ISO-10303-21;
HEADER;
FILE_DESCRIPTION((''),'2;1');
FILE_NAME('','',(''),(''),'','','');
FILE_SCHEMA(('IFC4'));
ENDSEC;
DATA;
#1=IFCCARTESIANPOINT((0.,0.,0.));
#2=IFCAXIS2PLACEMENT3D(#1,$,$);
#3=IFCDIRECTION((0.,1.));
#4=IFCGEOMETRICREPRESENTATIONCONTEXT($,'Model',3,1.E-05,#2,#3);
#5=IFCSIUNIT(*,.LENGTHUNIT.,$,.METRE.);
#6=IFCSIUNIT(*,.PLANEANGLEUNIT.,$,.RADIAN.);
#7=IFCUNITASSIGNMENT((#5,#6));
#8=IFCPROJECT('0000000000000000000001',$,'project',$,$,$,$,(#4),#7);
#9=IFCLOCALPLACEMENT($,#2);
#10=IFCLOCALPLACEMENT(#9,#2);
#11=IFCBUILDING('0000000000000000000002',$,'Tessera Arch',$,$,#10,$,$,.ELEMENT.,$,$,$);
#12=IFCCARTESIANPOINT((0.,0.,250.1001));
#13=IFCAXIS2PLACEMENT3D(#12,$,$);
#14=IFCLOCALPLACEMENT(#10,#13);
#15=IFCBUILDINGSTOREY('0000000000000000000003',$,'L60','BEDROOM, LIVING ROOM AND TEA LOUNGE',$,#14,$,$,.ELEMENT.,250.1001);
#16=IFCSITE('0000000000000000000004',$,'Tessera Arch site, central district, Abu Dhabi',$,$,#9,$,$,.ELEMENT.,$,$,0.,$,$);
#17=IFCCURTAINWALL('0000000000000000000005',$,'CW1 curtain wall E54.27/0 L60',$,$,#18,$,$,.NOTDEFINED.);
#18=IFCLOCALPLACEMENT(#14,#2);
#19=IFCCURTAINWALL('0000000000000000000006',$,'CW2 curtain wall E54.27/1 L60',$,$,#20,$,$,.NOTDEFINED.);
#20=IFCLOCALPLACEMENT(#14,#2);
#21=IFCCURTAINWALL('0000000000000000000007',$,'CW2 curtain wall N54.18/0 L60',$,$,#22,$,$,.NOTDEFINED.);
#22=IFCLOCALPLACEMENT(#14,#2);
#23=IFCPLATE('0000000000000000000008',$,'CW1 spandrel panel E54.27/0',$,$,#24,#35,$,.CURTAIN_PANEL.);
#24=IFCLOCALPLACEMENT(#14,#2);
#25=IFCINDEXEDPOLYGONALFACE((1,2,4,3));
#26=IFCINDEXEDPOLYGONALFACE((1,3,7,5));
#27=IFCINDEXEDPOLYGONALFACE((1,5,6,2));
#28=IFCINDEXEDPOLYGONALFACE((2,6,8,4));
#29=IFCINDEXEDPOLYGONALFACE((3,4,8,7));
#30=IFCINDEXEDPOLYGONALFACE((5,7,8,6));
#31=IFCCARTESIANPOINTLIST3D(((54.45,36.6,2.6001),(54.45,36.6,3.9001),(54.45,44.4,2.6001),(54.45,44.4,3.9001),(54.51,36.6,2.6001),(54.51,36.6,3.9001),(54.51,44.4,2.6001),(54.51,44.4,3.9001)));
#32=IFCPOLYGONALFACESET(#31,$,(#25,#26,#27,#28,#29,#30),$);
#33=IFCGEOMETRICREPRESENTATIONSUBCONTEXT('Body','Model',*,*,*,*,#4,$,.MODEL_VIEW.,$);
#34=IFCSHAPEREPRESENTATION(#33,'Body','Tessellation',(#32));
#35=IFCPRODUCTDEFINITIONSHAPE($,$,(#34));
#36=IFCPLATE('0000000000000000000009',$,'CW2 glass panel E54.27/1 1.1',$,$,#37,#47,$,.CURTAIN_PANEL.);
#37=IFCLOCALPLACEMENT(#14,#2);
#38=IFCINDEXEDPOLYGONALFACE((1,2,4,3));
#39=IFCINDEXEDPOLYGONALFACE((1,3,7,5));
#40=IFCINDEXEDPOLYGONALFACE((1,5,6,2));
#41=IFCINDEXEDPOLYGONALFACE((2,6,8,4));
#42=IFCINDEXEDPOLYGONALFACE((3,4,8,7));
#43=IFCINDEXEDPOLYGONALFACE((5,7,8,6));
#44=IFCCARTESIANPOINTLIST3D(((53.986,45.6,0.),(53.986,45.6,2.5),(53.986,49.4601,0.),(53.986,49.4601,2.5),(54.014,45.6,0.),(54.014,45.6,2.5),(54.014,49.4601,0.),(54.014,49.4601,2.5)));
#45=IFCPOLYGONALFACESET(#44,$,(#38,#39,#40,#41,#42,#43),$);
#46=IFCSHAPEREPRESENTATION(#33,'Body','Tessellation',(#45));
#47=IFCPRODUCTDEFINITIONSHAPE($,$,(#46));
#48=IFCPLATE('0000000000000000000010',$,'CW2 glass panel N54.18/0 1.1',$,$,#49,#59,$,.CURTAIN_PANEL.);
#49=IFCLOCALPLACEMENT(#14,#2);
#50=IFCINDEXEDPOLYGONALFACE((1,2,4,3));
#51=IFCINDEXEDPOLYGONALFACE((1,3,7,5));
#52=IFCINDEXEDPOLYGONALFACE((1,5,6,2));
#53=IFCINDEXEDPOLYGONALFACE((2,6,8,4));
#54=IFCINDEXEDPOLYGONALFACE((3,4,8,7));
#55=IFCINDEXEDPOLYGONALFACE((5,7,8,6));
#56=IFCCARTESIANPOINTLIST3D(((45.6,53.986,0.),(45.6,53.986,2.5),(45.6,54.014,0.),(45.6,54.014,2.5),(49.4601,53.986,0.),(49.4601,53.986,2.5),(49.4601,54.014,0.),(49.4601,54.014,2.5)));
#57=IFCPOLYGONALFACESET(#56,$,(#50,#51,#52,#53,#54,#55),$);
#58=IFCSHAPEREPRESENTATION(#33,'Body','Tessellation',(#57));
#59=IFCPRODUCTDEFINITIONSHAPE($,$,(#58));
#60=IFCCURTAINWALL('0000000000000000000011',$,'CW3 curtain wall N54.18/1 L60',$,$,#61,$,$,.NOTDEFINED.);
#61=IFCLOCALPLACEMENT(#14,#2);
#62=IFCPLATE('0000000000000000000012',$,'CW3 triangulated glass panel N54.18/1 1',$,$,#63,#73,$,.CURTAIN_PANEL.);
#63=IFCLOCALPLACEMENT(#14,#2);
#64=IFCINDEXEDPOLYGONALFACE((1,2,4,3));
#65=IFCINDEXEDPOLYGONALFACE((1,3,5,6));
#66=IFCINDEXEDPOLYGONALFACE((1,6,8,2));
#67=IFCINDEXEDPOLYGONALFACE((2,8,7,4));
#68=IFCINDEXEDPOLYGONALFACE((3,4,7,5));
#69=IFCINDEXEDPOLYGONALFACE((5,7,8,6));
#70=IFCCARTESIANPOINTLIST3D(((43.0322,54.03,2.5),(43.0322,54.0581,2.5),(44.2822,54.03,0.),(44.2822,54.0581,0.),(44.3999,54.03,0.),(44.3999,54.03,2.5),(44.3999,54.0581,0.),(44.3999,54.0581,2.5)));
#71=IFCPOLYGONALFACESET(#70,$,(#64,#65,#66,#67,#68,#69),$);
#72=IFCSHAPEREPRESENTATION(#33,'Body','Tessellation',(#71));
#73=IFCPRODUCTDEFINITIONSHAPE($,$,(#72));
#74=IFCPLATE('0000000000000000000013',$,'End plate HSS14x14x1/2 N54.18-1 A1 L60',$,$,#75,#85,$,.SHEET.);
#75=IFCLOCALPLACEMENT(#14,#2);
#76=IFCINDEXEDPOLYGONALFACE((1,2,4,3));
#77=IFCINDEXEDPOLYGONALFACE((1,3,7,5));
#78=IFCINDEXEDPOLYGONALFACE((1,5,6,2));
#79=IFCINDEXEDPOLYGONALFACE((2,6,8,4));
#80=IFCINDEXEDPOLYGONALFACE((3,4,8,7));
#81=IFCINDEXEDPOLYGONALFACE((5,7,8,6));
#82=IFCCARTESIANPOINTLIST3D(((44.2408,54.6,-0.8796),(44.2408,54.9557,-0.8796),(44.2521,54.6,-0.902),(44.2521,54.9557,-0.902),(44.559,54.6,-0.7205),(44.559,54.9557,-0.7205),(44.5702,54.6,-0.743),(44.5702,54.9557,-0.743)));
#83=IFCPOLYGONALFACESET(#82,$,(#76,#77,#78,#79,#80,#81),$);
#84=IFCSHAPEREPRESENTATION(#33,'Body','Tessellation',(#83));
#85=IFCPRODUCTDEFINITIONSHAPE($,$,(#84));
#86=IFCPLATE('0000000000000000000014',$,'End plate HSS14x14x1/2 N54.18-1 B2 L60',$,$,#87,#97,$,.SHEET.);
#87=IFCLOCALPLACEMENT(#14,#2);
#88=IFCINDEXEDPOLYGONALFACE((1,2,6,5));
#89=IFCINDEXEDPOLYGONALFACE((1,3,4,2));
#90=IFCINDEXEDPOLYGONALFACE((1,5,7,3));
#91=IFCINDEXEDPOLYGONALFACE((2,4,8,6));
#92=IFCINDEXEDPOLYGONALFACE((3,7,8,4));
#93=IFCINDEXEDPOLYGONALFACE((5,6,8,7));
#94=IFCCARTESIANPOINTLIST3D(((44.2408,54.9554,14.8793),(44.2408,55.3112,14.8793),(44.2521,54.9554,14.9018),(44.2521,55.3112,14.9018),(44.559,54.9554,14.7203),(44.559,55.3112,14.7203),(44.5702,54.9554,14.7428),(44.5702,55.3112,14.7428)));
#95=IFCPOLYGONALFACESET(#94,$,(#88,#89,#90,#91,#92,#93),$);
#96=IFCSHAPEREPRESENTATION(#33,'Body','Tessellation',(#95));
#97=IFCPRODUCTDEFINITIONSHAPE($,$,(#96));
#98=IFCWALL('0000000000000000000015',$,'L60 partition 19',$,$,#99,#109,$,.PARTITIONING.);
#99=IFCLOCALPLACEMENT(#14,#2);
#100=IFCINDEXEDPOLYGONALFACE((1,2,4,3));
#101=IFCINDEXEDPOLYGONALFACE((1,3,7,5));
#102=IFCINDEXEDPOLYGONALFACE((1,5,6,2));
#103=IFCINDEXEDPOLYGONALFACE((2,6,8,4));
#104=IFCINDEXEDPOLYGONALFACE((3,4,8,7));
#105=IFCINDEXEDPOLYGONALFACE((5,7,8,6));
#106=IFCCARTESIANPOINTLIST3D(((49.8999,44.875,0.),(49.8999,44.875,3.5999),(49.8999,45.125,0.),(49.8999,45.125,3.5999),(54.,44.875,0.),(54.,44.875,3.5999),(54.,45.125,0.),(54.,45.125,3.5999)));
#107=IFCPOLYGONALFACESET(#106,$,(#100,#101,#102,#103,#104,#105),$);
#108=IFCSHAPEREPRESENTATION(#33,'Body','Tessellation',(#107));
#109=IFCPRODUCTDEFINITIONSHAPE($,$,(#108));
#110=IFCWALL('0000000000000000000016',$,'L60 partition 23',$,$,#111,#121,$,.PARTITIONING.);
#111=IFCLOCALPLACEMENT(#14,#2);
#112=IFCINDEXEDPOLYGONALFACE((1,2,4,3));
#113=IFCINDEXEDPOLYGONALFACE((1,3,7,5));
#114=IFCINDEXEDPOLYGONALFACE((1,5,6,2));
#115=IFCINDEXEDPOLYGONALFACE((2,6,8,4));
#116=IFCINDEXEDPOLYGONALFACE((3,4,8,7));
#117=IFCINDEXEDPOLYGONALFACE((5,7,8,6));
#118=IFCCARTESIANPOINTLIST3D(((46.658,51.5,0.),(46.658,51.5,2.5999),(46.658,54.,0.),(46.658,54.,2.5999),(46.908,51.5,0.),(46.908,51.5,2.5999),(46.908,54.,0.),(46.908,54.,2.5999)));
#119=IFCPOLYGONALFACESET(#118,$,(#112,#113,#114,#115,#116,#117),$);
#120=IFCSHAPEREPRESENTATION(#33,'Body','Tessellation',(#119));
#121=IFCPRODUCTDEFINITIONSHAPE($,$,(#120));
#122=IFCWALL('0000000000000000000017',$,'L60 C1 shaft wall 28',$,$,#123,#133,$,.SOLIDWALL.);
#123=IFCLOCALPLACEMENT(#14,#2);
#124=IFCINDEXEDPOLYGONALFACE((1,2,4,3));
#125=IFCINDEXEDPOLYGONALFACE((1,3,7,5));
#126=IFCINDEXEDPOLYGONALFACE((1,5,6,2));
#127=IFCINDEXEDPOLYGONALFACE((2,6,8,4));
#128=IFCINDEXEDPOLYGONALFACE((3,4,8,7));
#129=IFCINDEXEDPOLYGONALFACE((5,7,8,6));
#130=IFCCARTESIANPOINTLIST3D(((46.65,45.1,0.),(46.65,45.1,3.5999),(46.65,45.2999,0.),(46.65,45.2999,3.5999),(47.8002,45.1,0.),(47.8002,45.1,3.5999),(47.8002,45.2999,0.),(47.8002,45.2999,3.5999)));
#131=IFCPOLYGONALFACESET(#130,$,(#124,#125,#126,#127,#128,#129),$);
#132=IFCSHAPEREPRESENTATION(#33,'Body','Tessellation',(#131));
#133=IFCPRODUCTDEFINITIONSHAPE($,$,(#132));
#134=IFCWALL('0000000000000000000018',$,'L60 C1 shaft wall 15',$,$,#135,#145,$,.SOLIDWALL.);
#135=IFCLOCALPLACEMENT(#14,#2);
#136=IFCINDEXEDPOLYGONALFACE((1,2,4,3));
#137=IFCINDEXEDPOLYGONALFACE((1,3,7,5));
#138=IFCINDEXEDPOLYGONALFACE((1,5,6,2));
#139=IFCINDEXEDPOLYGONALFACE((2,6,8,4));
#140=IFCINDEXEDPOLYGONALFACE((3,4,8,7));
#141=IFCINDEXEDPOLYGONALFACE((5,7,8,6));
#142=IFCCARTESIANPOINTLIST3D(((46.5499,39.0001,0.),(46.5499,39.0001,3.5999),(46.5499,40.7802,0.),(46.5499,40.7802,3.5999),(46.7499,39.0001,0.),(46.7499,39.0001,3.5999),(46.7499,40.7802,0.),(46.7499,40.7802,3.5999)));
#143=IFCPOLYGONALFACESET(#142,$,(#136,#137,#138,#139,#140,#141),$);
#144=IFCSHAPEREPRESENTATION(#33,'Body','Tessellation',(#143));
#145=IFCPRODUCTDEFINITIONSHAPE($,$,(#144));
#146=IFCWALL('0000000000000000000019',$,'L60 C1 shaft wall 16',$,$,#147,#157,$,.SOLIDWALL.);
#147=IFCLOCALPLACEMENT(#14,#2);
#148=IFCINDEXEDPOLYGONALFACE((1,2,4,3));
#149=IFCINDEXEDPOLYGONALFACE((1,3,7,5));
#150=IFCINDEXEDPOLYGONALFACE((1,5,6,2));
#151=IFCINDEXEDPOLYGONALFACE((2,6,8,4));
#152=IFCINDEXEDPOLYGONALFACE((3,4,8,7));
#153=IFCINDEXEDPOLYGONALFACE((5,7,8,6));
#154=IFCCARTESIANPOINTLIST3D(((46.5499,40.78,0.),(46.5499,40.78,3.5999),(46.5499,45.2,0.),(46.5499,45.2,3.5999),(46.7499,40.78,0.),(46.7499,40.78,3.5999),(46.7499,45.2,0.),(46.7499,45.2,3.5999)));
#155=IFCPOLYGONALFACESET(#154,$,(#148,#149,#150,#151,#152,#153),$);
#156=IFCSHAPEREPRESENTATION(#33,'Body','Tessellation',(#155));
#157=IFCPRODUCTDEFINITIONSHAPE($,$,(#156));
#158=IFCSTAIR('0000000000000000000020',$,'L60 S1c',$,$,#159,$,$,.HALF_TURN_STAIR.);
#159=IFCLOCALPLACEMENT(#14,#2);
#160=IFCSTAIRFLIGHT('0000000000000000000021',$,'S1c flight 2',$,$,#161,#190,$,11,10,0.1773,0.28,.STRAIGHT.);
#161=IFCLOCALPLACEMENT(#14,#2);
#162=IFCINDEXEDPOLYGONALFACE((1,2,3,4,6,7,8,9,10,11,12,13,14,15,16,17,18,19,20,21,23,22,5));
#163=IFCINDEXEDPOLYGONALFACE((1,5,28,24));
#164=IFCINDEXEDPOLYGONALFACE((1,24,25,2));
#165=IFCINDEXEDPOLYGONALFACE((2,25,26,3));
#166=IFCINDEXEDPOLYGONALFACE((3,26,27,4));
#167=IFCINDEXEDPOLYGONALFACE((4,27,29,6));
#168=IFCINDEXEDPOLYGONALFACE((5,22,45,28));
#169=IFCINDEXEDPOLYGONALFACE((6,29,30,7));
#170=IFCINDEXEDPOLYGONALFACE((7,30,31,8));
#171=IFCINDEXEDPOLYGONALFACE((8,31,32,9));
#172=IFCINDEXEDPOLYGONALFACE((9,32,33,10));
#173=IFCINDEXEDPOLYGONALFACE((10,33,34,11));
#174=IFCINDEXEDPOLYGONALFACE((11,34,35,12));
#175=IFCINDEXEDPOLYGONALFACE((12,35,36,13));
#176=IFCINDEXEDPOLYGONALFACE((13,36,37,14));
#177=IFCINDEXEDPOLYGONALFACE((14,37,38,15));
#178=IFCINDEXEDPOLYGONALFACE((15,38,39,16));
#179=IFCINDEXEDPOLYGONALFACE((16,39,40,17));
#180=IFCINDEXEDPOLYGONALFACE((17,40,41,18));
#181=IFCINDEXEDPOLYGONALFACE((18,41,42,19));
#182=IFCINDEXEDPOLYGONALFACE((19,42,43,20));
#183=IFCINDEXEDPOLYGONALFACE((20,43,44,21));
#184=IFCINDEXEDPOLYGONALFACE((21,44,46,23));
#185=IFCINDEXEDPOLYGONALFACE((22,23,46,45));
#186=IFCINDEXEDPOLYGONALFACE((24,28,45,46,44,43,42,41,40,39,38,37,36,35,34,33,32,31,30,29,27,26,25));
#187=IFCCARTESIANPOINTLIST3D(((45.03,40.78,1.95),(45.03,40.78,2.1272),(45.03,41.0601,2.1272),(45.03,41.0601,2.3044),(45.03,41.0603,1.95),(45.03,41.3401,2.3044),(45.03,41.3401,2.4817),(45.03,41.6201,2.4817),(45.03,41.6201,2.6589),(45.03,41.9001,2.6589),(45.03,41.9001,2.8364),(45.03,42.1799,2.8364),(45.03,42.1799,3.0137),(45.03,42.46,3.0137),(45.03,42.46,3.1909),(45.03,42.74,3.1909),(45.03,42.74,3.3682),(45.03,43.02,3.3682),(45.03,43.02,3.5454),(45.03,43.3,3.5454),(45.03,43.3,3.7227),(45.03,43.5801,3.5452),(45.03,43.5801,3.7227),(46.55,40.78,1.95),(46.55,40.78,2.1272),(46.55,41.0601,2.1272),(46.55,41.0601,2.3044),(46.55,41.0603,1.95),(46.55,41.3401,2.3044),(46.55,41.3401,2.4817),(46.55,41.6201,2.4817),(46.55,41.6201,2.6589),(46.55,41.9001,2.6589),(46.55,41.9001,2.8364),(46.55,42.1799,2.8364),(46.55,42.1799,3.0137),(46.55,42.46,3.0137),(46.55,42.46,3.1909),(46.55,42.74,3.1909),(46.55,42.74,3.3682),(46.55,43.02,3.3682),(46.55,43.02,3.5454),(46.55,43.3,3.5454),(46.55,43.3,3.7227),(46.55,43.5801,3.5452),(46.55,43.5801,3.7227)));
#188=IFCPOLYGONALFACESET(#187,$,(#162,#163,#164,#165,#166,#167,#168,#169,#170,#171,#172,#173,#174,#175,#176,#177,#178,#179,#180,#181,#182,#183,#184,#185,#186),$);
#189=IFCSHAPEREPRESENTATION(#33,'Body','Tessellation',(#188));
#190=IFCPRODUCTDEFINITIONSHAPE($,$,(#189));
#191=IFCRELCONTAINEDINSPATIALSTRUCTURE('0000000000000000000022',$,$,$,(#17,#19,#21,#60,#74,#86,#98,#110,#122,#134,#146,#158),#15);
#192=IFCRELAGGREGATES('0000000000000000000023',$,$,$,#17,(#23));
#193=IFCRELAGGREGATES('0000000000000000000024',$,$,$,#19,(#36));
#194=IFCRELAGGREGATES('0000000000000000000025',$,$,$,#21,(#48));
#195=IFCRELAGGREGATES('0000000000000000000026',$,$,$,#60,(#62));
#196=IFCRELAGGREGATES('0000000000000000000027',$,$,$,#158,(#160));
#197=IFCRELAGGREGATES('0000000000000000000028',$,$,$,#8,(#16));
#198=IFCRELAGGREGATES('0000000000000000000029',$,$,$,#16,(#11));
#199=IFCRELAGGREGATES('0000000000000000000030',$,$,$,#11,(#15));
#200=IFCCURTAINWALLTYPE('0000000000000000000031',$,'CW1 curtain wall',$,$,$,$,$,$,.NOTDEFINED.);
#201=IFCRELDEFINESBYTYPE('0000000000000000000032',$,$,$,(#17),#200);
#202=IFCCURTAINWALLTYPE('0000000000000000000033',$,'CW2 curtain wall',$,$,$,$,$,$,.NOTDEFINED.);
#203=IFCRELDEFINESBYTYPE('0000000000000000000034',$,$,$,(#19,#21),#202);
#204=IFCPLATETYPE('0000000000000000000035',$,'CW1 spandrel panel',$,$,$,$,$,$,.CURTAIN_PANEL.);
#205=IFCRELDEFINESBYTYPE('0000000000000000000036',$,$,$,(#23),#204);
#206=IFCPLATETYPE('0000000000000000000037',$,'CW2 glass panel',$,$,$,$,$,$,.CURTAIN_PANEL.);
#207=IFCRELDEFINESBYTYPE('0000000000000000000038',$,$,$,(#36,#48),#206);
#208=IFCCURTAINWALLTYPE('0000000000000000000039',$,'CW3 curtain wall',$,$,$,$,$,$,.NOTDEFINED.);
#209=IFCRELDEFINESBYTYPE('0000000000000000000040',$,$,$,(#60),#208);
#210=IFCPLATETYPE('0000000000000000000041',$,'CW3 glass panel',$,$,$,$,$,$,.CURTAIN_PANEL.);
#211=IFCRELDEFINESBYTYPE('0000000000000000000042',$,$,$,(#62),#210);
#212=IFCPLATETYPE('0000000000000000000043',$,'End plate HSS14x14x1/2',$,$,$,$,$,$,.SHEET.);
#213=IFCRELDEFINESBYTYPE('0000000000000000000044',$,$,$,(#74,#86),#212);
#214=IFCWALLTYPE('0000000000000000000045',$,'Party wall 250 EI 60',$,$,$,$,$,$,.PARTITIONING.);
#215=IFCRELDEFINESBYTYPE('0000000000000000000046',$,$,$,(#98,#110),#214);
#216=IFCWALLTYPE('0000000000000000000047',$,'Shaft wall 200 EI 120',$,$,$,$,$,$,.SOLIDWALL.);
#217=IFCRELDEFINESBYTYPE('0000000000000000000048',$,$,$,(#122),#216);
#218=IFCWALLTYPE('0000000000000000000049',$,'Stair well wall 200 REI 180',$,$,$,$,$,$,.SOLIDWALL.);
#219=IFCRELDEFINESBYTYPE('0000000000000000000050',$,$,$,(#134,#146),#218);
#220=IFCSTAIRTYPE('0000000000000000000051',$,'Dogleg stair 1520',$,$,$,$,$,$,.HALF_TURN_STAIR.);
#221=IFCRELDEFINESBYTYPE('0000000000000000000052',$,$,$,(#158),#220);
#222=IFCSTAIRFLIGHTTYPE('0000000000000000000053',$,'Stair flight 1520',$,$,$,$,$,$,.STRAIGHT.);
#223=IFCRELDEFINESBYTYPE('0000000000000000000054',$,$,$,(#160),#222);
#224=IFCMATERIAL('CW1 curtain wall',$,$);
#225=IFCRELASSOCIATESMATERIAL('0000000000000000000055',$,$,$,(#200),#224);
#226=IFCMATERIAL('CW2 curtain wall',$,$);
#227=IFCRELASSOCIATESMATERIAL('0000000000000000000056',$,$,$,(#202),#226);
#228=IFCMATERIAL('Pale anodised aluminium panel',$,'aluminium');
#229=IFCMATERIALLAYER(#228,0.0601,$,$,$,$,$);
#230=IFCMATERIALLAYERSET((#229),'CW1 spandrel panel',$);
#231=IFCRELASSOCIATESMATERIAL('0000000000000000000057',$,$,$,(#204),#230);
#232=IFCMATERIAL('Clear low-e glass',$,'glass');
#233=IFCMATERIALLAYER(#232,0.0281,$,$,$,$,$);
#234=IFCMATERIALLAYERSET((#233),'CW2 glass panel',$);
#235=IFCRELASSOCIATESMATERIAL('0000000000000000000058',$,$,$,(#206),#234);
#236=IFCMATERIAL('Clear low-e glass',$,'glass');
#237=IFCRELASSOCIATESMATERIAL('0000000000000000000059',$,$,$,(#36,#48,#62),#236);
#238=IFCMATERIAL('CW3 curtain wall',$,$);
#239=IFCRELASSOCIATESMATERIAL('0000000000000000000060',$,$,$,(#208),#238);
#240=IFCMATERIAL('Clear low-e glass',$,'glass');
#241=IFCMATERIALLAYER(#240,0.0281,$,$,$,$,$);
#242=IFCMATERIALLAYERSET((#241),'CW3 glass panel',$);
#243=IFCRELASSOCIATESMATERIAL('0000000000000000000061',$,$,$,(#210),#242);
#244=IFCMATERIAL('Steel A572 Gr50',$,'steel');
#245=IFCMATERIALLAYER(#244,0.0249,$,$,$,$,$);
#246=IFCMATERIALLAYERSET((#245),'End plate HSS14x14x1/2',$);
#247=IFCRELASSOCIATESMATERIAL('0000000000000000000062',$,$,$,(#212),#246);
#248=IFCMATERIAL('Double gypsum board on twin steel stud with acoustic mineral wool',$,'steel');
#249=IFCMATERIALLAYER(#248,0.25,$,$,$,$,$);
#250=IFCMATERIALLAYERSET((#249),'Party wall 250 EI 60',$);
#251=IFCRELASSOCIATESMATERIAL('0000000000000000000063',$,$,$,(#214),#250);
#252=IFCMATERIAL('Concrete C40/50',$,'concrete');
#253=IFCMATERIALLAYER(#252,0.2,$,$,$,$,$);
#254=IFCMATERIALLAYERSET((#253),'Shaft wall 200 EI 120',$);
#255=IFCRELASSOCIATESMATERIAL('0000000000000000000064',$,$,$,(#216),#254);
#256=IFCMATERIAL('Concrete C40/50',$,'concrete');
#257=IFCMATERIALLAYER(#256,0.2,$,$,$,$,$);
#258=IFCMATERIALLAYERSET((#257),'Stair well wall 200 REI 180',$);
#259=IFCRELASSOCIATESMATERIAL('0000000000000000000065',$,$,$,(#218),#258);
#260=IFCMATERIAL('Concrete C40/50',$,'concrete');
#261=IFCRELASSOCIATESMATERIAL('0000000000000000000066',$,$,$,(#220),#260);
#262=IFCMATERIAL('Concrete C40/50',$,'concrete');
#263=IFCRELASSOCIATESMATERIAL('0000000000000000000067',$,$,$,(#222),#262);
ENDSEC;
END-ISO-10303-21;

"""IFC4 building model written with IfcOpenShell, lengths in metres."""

from ifc_helpers import new_model, si_unit, direction, frame, frame_2d, origin, origin_2d, place, context, subcontext, project, spatial, polyline, rectangle, outline, extrude, material, layer, layer_set, type_object, element, aggregate, save


model = new_model("IFC4")

# Units and contexts
model_context = context("Model", 3, precision=1e-05, world=origin(), true_north=direction((0.0, 1.0)))
body_context = subcontext(model_context, "Body", "Model", "MODEL_VIEW")
ifc_project = project(units=[si_unit("LENGTHUNIT", "METRE"), si_unit("PLANEANGLEUNIT", "RADIAN")], contexts=[model_context])

# Site, building, storey
site_placement = place(None, origin())
site = spatial("IfcSite", under=ifc_project, at=site_placement, Name="Tessera Arch site, central district, Abu Dhabi", CompositionType="ELEMENT", RefElevation=0.0)
building_placement = place(site_placement, origin())
building = spatial("IfcBuilding", under=site, at=building_placement, Name="Tessera Arch", CompositionType="ELEMENT")
storey_placement = place(building_placement, frame((0.0, 0.0, 250.1001)))
storey = spatial("IfcBuildingStorey", under=building, at=storey_placement, Name="L60", Description="BEDROOM, LIVING ROOM AND TEA LOUNGE", CompositionType="ELEMENT", Elevation=250.1001)

# Curtain walls
ifc_material_1 = material(Name="CW1 curtain wall")
curtain_wall_type_1 = type_object("IfcCurtainWallType", Name="CW1 curtain wall", PredefinedType="NOTDEFINED", material=ifc_material_1)
curtain_wall_1_placement = place(storey_placement, origin())
curtain_wall_1 = element("IfcCurtainWall", 1, at=curtain_wall_1_placement, inside=storey, type_object=curtain_wall_type_1, Name="CW1 curtain wall E54.27/0 L60", PredefinedType="NOTDEFINED")
ifc_material_2 = material(Name="CW2 curtain wall")
curtain_wall_type_2 = type_object("IfcCurtainWallType", Name="CW2 curtain wall", PredefinedType="NOTDEFINED", material=ifc_material_2)
curtain_wall_2_placement = place(storey_placement, origin())
curtain_wall_2 = element("IfcCurtainWall", 2, at=curtain_wall_2_placement, inside=storey, type_object=curtain_wall_type_2, Name="CW2 curtain wall E54.27/1 L60", PredefinedType="NOTDEFINED")
curtain_wall_3_placement = place(storey_placement, origin())
curtain_wall_3 = element("IfcCurtainWall", 3, at=curtain_wall_3_placement, inside=storey, type_object=curtain_wall_type_2, Name="CW2 curtain wall N54.18/0 L60", PredefinedType="NOTDEFINED")

# Plates
ifc_material_3 = material(Name="Clear low-e glass", Category="glass")
ifc_material_4 = material(Name="Pale anodised aluminium panel", Category="aluminium")
ifc_layer_1 = layer(ifc_material_4, 0.0601)
ifc_layer_set_1 = layer_set([ifc_layer_1], Name="CW1 spandrel panel")
plate_type_1 = type_object("IfcPlateType", Name="CW1 spandrel panel", PredefinedType="CURTAIN_PANEL", material=ifc_layer_set_1)
plate_1_placement = place(storey_placement, frame((54.48, 40.5, 2.6001), z_axis=(0.0, 0.0, 1.0), x_axis=(0.0, 1.0, 0.0)))
plate_1 = element("IfcPlate", 4, at=plate_1_placement, type_object=plate_type_1, Name="CW1 spandrel panel E54.27/0", PredefinedType="CURTAIN_PANEL", context=body_context, shape_type="SweptSolid", body=[
    extrude(rectangle(XDim=7.8, YDim=0.0601, at=origin_2d()), origin(), (0.0, 0.0, 1.0), 1.3),
])
aggregate(curtain_wall_1, [plate_1])
ifc_material_5 = material(Name="Clear low-e glass", Category="glass")
ifc_layer_2 = layer(ifc_material_5, 0.0281)
ifc_layer_set_2 = layer_set([ifc_layer_2], Name="CW2 glass panel")
plate_type_2 = type_object("IfcPlateType", Name="CW2 glass panel", PredefinedType="CURTAIN_PANEL", material=ifc_layer_set_2)
plate_2_placement = place(storey_placement, frame((54.0, 47.53, 0.0), z_axis=(0.0, 0.0, 1.0), x_axis=(0.0, 1.0, 0.0)))
plate_2 = element("IfcPlate", 5, at=plate_2_placement, type_object=plate_type_2, material=ifc_material_3, Name="CW2 glass panel E54.27/1 1.1", PredefinedType="CURTAIN_PANEL", context=body_context, shape_type="SweptSolid", body=[
    extrude(rectangle(XDim=3.8601, YDim=0.0281, at=origin_2d()), origin(), (0.0, 0.0, 1.0), 2.5),
])
aggregate(curtain_wall_2, [plate_2])
plate_3_placement = place(storey_placement, frame((47.53, 54.0, 0.0), z_axis=(0.0, 0.0, 1.0), x_axis=(-1.0, 0.0, 0.0)))
plate_3 = element("IfcPlate", 6, at=plate_3_placement, type_object=plate_type_2, material=ifc_material_3, Name="CW2 glass panel N54.18/0 1.1", PredefinedType="CURTAIN_PANEL", context=body_context, shape_type="SweptSolid", body=[
    extrude(rectangle(XDim=3.8601, YDim=0.0281, at=origin_2d()), origin(), (0.0, 0.0, 1.0), 2.5),
])
aggregate(curtain_wall_3, [plate_3])

# Curtain wall, plate
ifc_material_6 = material(Name="CW3 curtain wall")
curtain_wall_type_3 = type_object("IfcCurtainWallType", Name="CW3 curtain wall", PredefinedType="NOTDEFINED", material=ifc_material_6)
curtain_wall_4_placement = place(storey_placement, origin())
curtain_wall_4 = element("IfcCurtainWall", 7, at=curtain_wall_4_placement, inside=storey, type_object=curtain_wall_type_3, Name="CW3 curtain wall N54.18/1 L60", PredefinedType="NOTDEFINED")
ifc_material_7 = material(Name="Clear low-e glass", Category="glass")
ifc_layer_3 = layer(ifc_material_7, 0.0281)
ifc_layer_set_3 = layer_set([ifc_layer_3], Name="CW3 glass panel")
plate_type_3 = type_object("IfcPlateType", Name="CW3 glass panel", PredefinedType="CURTAIN_PANEL", material=ifc_layer_set_3)
plate_4_placement = place(storey_placement, frame((44.3999, 54.0581, 0.0), z_axis=(0.0, 1.0, 0.0), x_axis=(-1.0, 0.0, 0.0)))
plate_4 = element("IfcPlate", 8, at=plate_4_placement, type_object=plate_type_3, material=ifc_material_3, Name="CW3 triangulated glass panel N54.18/1 1", PredefinedType="CURTAIN_PANEL", context=body_context, shape_type="SweptSolid", body=[
    extrude(outline(polyline([(0.0, 0.0), (0.1177, 0.0), (1.3677, 2.5), (0.0, 2.5), (0.0, 0.0)])), origin(), (0.0, 0.0, -1.0), 0.0281),
])
aggregate(curtain_wall_4, [plate_4])

# Plates
ifc_material_8 = material(Name="Steel A572 Gr50", Category="steel")
ifc_layer_4 = layer(ifc_material_8, 0.0249)
ifc_layer_set_4 = layer_set([ifc_layer_4], Name="End plate HSS14x14x1/2")
plate_type_4 = type_object("IfcPlateType", Name="End plate HSS14x14x1/2", PredefinedType="SHEET", material=ifc_layer_set_4)
for number, where, z_axis, x_axis, name in (
    (9, (44.4111, 54.7778, -0.8225), (-0.447214, 0.0, 0.894427), (0.0, -1.0, 0.0), "End plate HSS14x14x1/2 N54.18-1 A1 L60"),
    (10, (44.3999, 55.1333, 14.7998), (0.447214, 0.0, 0.894427), (0.0, 1.0, 0.0), "End plate HSS14x14x1/2 N54.18-1 B2 L60"),
):
    element("IfcPlate", number, at=place(storey_placement, frame(where, z_axis=z_axis, x_axis=x_axis)), inside=storey, type_object=plate_type_4, Name=name, PredefinedType="SHEET", context=body_context, shape_type="SweptSolid", body=[
        extrude(rectangle(XDim=0.3557, YDim=0.3557, at=origin_2d()), origin(), (0.0, 0.0, 1.0), 0.0251),
    ])

# Walls
ifc_material_9 = material(Name="Double gypsum board on twin steel stud with acoustic mineral wool", Category="steel")
ifc_layer_5 = layer(ifc_material_9, 0.25)
ifc_layer_set_5 = layer_set([ifc_layer_5], Name="Party wall 250 EI 60")
wall_type_1 = type_object("IfcWallType", Name="Party wall 250 EI 60", PredefinedType="PARTITIONING", material=ifc_layer_set_5)
wall_1_placement = place(storey_placement, frame((49.8999, 45.0, 0.0), z_axis=(0.0, 0.0, 1.0), x_axis=(1.0, 0.0, 0.0)))
element("IfcWall", 11, at=wall_1_placement, inside=storey, type_object=wall_type_1, Name="L60 partition 19", PredefinedType="PARTITIONING", context=body_context, shape_type="SweptSolid", body=[
    extrude(rectangle(XDim=4.1001, YDim=0.25, at=frame_2d((2.05, 0.0))), origin(), (0.0, 0.0, 1.0), 3.5999),
])
wall_2_placement = place(storey_placement, frame((46.783, 51.5, 0.0), z_axis=(0.0, 0.0, 1.0), x_axis=(0.0, 1.0, 0.0)))
element("IfcWall", 12, at=wall_2_placement, inside=storey, type_object=wall_type_1, Name="L60 partition 23", PredefinedType="PARTITIONING", context=body_context, shape_type="SweptSolid", body=[
    extrude(rectangle(XDim=2.5, YDim=0.25, at=frame_2d((1.25, 0.0))), origin(), (0.0, 0.0, 1.0), 2.5999),
])
ifc_material_10 = material(Name="Concrete C40/50", Category="concrete")
ifc_layer_6 = layer(ifc_material_10, 0.2)
ifc_layer_set_6 = layer_set([ifc_layer_6], Name="Shaft wall 200 EI 120")
wall_type_2 = type_object("IfcWallType", Name="Shaft wall 200 EI 120", PredefinedType="SOLIDWALL", material=ifc_layer_set_6)
wall_3_placement = place(storey_placement, frame((46.6499, 45.2, 0.0), z_axis=(0.0, 0.0, 1.0), x_axis=(1.0, 0.0, 0.0)))
element("IfcWall", 13, at=wall_3_placement, inside=storey, type_object=wall_type_2, Name="L60 C1 shaft wall 28", PredefinedType="SOLIDWALL", context=body_context, shape_type="SweptSolid", body=[
    extrude(rectangle(XDim=1.1501, YDim=0.2, at=frame_2d((0.5752, 0.0))), origin(), (0.0, 0.0, 1.0), 3.5999),
])
ifc_material_11 = material(Name="Concrete C40/50", Category="concrete")
ifc_layer_7 = layer(ifc_material_11, 0.2)
ifc_layer_set_7 = layer_set([ifc_layer_7], Name="Stair well wall 200 REI 180")
wall_type_3 = type_object("IfcWallType", Name="Stair well wall 200 REI 180", PredefinedType="SOLIDWALL", material=ifc_layer_set_7)
wall_4_placement = place(storey_placement, frame((46.6499, 39.0, 0.0), z_axis=(0.0, 0.0, 1.0), x_axis=(0.0, 1.0, 0.0)))
element("IfcWall", 14, at=wall_4_placement, inside=storey, type_object=wall_type_3, Name="L60 C1 shaft wall 15", PredefinedType="SOLIDWALL", context=body_context, shape_type="SweptSolid", body=[
    extrude(rectangle(XDim=1.78, YDim=0.2, at=frame_2d((0.8901, 0.0))), origin(), (0.0, 0.0, 1.0), 3.5999),
])
wall_5_placement = place(storey_placement, frame((46.6499, 40.78, 0.0), z_axis=(0.0, 0.0, 1.0), x_axis=(0.0, 1.0, 0.0)))
element("IfcWall", 15, at=wall_5_placement, inside=storey, type_object=wall_type_3, Name="L60 C1 shaft wall 16", PredefinedType="SOLIDWALL", context=body_context, shape_type="SweptSolid", body=[
    extrude(rectangle(XDim=4.4199, YDim=0.2, at=frame_2d((2.21, 0.0))), origin(), (0.0, 0.0, 1.0), 3.5999),
])

# Stair, stair flight
ifc_material_12 = material(Name="Concrete C40/50", Category="concrete")
stair_type = type_object("IfcStairType", Name="Dogleg stair 1520", PredefinedType="HALF_TURN_STAIR", material=ifc_material_12)
stair_placement = place(storey_placement, origin())
stair = element("IfcStair", 16, at=stair_placement, inside=storey, type_object=stair_type, Name="L60 S1c", PredefinedType="HALF_TURN_STAIR")
ifc_material_13 = material(Name="Concrete C40/50", Category="concrete")
stair_flight_type = type_object("IfcStairFlightType", Name="Stair flight 1520", PredefinedType="STRAIGHT", material=ifc_material_13)
stair_flight_placement = place(storey_placement, frame((45.79, 40.78, 1.95), z_axis=(0.0, 0.0, 1.0), x_axis=(0.0, 1.0, 0.0)))
stair_flight = element("IfcStairFlight", 17, at=stair_flight_placement, type_object=stair_flight_type, Name="S1c flight 2", NumberOfRisers=11, NumberOfTreads=10, PredefinedType="STRAIGHT", RiserHeight=0.1773, TreadLength=0.28, context=body_context, shape_type="SweptSolid", body=[
    extrude(outline(polyline([(0.0, 0.0), (0.0, 0.1772), (0.28, 0.1772), (0.28, 0.3545), (0.5601, 0.3545), (0.5601, 0.5317), (0.8401, 0.5317), (0.8401, 0.709), (1.1201, 0.709), (1.1201, 0.8865), (1.3999, 0.8865), (1.3999, 1.0637), (1.6799, 1.0637), (1.6799, 1.241), (1.96, 1.241), (1.96, 1.4182), (2.24, 1.4182), (2.24, 1.5955), (2.52, 1.5955), (2.52, 1.7727), (2.8, 1.7727), (2.8, 1.95), (2.8, 1.5952), (0.2803, 0.0), (0.0, 0.0)])), frame((0.0, 0.76, 0.0), z_axis=(0.0, -1.0, 0.0), x_axis=(1.0, 0.0, 0.0)), (0.0, 0.0, 1.0), 1.52),
])
aggregate(stair, [stair_flight])

save(model, "model.ifc")
